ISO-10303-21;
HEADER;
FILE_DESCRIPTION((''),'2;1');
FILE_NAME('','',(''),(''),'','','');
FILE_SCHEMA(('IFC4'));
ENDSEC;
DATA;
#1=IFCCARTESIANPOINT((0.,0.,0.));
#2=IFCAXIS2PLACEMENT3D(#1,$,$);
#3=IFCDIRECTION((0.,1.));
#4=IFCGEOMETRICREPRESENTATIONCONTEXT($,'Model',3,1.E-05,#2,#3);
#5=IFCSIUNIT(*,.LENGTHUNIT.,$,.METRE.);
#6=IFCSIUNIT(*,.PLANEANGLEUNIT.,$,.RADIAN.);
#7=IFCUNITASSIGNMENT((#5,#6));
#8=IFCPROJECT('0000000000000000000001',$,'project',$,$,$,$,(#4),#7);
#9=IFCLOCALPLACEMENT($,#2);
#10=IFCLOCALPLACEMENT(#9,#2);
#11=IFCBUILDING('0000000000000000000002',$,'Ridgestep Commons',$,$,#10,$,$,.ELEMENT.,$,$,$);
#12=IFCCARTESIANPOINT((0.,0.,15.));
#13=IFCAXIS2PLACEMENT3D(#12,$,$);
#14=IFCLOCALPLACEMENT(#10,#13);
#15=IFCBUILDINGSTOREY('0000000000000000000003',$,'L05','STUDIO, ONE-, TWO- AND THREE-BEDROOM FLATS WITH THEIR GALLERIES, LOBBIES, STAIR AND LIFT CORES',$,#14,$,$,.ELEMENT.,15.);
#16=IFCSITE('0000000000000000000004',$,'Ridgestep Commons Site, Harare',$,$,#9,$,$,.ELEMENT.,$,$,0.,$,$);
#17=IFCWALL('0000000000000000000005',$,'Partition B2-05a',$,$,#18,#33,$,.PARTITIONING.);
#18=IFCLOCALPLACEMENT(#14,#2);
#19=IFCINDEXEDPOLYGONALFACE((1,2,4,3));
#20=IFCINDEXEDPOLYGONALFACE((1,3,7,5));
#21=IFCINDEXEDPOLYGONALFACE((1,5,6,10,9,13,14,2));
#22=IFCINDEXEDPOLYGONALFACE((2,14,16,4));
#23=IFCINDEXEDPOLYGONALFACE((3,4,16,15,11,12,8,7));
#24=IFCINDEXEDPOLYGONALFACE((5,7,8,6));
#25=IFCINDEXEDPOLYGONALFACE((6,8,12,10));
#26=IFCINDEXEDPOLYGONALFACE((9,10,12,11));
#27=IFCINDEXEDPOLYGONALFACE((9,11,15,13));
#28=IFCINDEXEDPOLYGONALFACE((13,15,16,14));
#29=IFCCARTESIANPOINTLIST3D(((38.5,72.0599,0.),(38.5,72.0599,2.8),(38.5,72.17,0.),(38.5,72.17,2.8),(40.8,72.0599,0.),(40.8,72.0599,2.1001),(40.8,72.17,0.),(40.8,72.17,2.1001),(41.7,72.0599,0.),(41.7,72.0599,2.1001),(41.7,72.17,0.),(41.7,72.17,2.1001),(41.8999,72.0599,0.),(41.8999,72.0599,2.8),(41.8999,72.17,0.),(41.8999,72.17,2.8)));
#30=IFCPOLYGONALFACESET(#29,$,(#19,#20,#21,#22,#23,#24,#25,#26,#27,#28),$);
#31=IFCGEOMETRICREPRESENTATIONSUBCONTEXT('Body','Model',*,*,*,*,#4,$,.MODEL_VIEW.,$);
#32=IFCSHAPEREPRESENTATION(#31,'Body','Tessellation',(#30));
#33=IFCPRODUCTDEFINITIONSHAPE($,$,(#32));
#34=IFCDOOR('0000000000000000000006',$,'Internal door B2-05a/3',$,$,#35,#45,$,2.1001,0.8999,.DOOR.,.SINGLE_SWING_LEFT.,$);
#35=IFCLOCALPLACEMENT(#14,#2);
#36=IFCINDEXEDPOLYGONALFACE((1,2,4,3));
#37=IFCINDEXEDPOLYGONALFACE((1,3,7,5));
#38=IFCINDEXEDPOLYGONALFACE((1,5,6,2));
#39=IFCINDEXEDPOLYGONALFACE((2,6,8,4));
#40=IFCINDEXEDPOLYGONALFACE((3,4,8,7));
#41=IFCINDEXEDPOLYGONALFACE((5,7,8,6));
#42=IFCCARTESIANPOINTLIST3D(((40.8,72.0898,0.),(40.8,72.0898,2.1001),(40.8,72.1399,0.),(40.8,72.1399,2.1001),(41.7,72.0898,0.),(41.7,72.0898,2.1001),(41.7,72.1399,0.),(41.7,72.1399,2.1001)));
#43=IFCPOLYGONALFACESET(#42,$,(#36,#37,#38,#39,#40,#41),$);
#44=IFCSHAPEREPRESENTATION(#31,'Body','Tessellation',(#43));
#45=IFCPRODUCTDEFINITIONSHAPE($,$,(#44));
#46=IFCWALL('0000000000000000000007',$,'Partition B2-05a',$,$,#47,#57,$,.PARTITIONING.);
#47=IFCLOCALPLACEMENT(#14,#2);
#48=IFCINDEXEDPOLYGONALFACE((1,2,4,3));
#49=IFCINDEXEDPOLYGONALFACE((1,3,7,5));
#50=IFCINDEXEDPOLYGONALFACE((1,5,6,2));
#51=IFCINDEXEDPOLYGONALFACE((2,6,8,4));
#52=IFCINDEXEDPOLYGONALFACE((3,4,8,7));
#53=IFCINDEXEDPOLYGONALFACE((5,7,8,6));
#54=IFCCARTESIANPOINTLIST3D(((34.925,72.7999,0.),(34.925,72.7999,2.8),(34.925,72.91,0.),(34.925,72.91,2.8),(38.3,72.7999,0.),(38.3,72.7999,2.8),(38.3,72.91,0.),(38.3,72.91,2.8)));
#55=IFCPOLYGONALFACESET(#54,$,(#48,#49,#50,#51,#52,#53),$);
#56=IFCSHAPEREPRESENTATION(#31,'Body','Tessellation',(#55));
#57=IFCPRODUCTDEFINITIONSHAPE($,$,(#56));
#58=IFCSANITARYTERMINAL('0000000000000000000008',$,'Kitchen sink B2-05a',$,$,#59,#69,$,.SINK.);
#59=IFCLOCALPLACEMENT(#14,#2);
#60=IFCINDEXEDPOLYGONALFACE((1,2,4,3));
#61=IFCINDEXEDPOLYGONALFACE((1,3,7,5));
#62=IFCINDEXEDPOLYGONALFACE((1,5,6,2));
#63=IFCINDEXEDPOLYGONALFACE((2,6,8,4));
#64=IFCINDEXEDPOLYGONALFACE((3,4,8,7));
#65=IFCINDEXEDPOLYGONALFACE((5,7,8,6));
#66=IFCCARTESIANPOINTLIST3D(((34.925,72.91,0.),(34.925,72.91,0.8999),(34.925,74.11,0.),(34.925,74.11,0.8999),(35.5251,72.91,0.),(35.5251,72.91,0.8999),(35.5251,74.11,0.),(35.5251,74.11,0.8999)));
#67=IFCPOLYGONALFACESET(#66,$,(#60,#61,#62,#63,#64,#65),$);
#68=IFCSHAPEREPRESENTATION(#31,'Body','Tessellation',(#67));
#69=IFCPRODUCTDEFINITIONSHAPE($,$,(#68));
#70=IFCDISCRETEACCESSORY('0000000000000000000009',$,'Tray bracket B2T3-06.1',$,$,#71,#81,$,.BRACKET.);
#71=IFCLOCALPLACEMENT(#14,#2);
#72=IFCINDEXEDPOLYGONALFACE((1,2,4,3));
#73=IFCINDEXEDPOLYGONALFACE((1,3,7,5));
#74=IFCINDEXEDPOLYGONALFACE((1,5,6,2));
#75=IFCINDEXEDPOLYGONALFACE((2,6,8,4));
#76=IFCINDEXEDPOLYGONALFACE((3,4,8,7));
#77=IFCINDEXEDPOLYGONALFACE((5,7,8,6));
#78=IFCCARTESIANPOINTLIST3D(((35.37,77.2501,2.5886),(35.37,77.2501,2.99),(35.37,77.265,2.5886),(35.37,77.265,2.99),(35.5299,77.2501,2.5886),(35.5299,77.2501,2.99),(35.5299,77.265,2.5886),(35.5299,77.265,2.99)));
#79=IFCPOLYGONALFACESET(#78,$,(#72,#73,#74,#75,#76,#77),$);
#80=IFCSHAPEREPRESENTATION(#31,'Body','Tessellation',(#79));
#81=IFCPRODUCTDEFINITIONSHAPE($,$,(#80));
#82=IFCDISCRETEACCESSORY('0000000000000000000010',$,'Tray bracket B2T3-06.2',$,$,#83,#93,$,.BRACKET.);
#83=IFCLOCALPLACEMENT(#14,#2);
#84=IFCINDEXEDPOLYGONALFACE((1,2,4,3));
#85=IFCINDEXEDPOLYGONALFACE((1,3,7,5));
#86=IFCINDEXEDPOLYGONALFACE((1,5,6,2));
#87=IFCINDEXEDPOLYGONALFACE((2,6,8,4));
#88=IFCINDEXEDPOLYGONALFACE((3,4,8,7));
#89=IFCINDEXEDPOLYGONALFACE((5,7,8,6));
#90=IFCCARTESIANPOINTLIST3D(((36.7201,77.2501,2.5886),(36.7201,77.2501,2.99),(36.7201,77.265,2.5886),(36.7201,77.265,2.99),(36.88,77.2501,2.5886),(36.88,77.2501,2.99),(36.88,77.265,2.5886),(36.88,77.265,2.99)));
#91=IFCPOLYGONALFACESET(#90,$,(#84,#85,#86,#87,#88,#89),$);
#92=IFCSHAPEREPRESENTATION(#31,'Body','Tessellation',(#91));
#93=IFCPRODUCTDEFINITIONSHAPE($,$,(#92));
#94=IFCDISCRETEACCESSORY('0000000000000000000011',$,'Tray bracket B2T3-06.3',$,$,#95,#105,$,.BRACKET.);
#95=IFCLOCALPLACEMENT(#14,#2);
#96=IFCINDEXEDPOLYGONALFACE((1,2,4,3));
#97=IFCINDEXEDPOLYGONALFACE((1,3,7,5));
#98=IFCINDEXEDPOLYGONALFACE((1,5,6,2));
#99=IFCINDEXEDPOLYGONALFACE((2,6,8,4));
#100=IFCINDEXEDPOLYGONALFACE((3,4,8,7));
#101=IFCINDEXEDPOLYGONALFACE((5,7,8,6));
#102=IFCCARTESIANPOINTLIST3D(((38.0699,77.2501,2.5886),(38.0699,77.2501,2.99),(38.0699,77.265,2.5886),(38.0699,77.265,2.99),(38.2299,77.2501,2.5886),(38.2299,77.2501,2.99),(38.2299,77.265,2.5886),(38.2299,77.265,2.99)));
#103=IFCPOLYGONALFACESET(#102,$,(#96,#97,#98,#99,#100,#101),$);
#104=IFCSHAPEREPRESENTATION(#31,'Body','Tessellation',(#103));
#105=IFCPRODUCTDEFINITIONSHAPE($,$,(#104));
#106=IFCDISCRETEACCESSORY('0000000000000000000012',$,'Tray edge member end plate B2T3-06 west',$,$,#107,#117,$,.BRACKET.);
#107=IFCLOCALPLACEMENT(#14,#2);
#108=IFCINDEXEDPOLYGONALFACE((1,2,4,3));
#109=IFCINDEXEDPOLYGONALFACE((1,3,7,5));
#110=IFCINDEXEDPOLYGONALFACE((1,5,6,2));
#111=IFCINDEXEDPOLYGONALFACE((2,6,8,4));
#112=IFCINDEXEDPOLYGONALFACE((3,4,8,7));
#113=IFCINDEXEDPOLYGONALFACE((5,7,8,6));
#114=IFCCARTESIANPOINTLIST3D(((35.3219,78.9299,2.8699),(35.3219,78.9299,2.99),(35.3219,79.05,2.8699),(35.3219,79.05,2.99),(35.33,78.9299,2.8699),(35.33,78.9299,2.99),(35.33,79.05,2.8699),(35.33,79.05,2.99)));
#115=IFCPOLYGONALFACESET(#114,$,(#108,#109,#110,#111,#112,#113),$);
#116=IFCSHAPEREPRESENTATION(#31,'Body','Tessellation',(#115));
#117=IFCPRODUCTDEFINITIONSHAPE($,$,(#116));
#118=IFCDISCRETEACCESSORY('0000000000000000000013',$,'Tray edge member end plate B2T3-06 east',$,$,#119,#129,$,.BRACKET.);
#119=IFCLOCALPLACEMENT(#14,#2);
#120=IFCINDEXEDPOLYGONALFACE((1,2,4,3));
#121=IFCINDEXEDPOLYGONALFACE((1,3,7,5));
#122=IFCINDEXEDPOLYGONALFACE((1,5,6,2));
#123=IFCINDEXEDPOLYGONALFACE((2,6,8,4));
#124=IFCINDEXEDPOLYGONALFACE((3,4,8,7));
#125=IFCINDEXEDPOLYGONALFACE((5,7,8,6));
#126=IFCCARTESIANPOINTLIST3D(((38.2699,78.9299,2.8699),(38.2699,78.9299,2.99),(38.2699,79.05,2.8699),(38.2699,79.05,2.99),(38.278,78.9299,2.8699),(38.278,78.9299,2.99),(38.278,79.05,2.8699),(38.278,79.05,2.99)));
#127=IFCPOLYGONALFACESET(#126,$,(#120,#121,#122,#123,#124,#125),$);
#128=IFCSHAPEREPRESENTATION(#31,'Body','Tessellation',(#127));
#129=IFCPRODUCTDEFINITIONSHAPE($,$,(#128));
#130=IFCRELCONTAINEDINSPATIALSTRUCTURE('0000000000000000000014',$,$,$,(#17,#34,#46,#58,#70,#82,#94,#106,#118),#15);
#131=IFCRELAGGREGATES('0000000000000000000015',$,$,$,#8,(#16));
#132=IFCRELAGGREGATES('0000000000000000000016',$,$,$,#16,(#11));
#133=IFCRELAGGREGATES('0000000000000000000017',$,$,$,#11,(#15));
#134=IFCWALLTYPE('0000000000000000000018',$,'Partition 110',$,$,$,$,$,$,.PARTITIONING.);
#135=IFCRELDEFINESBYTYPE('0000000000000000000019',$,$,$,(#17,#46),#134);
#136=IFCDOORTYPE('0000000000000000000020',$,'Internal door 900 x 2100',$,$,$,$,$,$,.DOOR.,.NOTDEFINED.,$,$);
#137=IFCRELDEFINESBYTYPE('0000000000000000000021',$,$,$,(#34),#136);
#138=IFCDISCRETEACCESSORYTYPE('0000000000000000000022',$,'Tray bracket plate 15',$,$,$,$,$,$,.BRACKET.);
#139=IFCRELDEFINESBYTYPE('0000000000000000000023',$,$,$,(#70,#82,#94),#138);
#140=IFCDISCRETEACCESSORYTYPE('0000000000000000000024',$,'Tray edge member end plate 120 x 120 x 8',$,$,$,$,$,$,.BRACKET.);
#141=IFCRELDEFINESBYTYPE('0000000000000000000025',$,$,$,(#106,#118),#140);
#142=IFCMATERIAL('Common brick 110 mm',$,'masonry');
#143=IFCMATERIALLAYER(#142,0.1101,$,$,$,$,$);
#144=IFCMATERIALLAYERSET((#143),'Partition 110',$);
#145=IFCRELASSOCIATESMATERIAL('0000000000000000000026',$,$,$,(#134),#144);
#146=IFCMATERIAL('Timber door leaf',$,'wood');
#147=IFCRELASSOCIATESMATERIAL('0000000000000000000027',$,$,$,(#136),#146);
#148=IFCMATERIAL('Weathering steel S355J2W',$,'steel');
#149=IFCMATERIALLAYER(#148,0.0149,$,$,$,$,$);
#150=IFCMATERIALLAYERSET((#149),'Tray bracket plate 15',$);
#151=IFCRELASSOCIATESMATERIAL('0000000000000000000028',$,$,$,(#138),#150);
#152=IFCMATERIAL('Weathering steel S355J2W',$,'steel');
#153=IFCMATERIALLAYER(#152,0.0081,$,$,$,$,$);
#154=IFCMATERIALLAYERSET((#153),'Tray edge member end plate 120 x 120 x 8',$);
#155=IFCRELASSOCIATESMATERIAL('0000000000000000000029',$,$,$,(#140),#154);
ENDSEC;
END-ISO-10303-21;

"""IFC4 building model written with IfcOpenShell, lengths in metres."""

from ifc_helpers import new_model, si_unit, direction, frame, frame_2d, origin, origin_2d, place, context, subcontext, project, spatial, rectangle, extrude, material, layer, layer_set, type_object, element, fill, save


model = new_model("IFC4")

# Units and contexts
model_context = context("Model", 3, precision=1e-05, world=origin(), true_north=direction((0.0, 1.0)))
body_context = subcontext(model_context, "Body", "Model", "MODEL_VIEW")
ifc_project = project(units=[si_unit("LENGTHUNIT", "METRE"), si_unit("PLANEANGLEUNIT", "RADIAN")], contexts=[model_context])

# Site, building, storey
site_placement = place(None, origin())
site = spatial("IfcSite", under=ifc_project, at=site_placement, Name="Ridgestep Commons Site, Harare", CompositionType="ELEMENT", RefElevation=0.0)
building_placement = place(site_placement, origin())
building = spatial("IfcBuilding", under=site, at=building_placement, Name="Ridgestep Commons", CompositionType="ELEMENT")
storey_placement = place(building_placement, frame((0.0, 0.0, 15.0)))
storey = spatial("IfcBuildingStorey", under=building, at=storey_placement, Name="L05", Description="STUDIO, ONE-, TWO- AND THREE-BEDROOM FLATS WITH THEIR GALLERIES, LOBBIES, STAIR AND LIFT CORES", CompositionType="ELEMENT", Elevation=15.0)

# Wall, opening, door
ifc_material_1 = material(Name="Common brick 110 mm", Category="masonry")
ifc_layer_1 = layer(ifc_material_1, 0.1101)
ifc_layer_set_1 = layer_set([ifc_layer_1], Name="Partition 110")
wall_type_1 = type_object("IfcWallType", Name="Partition 110", PredefinedType="PARTITIONING", material=ifc_layer_set_1)
wall_1_placement = place(storey_placement, frame((38.5, 72.115, 0.0), z_axis=(0.0, 0.0, 1.0), x_axis=(1.0, 0.0, 0.0)))
wall_1 = element("IfcWall", 1, at=wall_1_placement, inside=storey, type_object=wall_type_1, Name="Partition B2-05a", PredefinedType="PARTITIONING", context=body_context, shape_type="SweptSolid", body=[
    extrude(rectangle(XDim=3.3999, YDim=0.1101, at=frame_2d((1.7, 0.0))), origin(), (0.0, 0.0, 1.0), 2.8),
])
opening_1_placement = place(wall_1_placement, frame((2.3, 0.0, 0.0)))
opening_1 = element("IfcOpeningElement", 2, at=opening_1_placement, cuts=wall_1, PredefinedType="OPENING", context=body_context, shape_type="SweptSolid", body=[
    extrude(rectangle(XDim=0.8999, YDim=2.1001, at=frame_2d((0.45, 1.05))), frame((0.0, 0.0649, 0.0), z_axis=(0.0, -1.0, 0.0), x_axis=(1.0, 0.0, 0.0)), (0.0, 0.0, 1.0), 0.1301),
])
ifc_material_2 = material(Name="Timber door leaf", Category="wood")
door_type = type_object("IfcDoorType", Name="Internal door 900 x 2100", OperationType="NOTDEFINED", PredefinedType="DOOR", material=ifc_material_2)
door_placement = place(opening_1_placement, origin())
door = element("IfcDoor", 3, at=door_placement, inside=storey, type_object=door_type, Name="Internal door B2-05a/3", OperationType="SINGLE_SWING_LEFT", OverallHeight=2.1001, OverallWidth=0.8999, PredefinedType="DOOR", context=body_context, shape_type="SweptSolid", body=[
    extrude(rectangle(XDim=0.8999, YDim=2.1001, at=frame_2d((0.45, 1.05))), frame((0.0, 0.0249, 0.0), z_axis=(0.0, -1.0, 0.0), x_axis=(1.0, 0.0, 0.0)), (0.0, 0.0, 1.0), 0.05),
])
fill(opening_1, door)

# Wall
wall_2_placement = place(storey_placement, frame((34.925, 72.855, 0.0), z_axis=(0.0, 0.0, 1.0), x_axis=(1.0, 0.0, 0.0)))
element("IfcWall", 4, at=wall_2_placement, inside=storey, type_object=wall_type_1, Name="Partition B2-05a", PredefinedType="PARTITIONING", context=body_context, shape_type="SweptSolid", body=[
    extrude(rectangle(XDim=3.375, YDim=0.1101, at=frame_2d((1.6875, 0.0))), origin(), (0.0, 0.0, 1.0), 2.8),
])

# Sanitary terminal
sanitary_terminal_placement = place(storey_placement, frame((35.2251, 73.51, 0.0), z_axis=(0.0, 0.0, 1.0), x_axis=(1.0, 0.0, 0.0)))
element("IfcSanitaryTerminal", 5, at=sanitary_terminal_placement, inside=storey, Name="Kitchen sink B2-05a", PredefinedType="SINK", context=body_context, shape_type="SweptSolid", body=[
    extrude(rectangle(XDim=0.6001, YDim=1.2, at=origin_2d()), origin(), (0.0, 0.0, 1.0), 0.8999),
])

# Discrete accessories
ifc_material_3 = material(Name="Weathering steel S355J2W", Category="steel")
ifc_layer_2 = layer(ifc_material_3, 0.0149)
ifc_layer_set_2 = layer_set([ifc_layer_2], Name="Tray bracket plate 15")
discrete_accessory_type_1 = type_object("IfcDiscreteAccessoryType", Name="Tray bracket plate 15", PredefinedType="BRACKET", material=ifc_layer_set_2)
for number, where, z_axis, x_axis, name in (
    (6, (35.45, 77.2576, 2.5886), (0.0, 0.0, 1.0), (1.0, 0.0, 0.0), "Tray bracket B2T3-06.1"),
    (7, (36.8, 77.2576, 2.5886), (0.0, 0.0, 1.0), (1.0, 0.0, 0.0), "Tray bracket B2T3-06.2"),
    (8, (38.1499, 77.2576, 2.5886), (0.0, 0.0, 1.0), (1.0, 0.0, 0.0), "Tray bracket B2T3-06.3"),
):
    element("IfcDiscreteAccessory", number, at=place(storey_placement, frame(where, z_axis=z_axis, x_axis=x_axis)), inside=storey, type_object=discrete_accessory_type_1, Name=name, PredefinedType="BRACKET", context=body_context, shape_type="SweptSolid", body=[
        extrude(rectangle(XDim=0.1599, YDim=0.0149, at=origin_2d()), origin(), (0.0, 0.0, 1.0), 0.4014),
    ])
ifc_material_4 = material(Name="Weathering steel S355J2W", Category="steel")
ifc_layer_3 = layer(ifc_material_4, 0.0081)
ifc_layer_set_3 = layer_set([ifc_layer_3], Name="Tray edge member end plate 120 x 120 x 8")
discrete_accessory_type_2 = type_object("IfcDiscreteAccessoryType", Name="Tray edge member end plate 120 x 120 x 8", PredefinedType="BRACKET", material=ifc_layer_set_3)
for number, where, z_axis, x_axis, name in (
    (9, (35.3259, 78.99, 2.8699), (0.0, 0.0, 1.0), (1.0, 0.0, 0.0), "Tray edge member end plate B2T3-06 west"),
    (10, (38.2739, 78.99, 2.8699), (0.0, 0.0, 1.0), (1.0, 0.0, 0.0), "Tray edge member end plate B2T3-06 east"),
):
    element("IfcDiscreteAccessory", number, at=place(storey_placement, frame(where, z_axis=z_axis, x_axis=x_axis)), inside=storey, type_object=discrete_accessory_type_2, Name=name, PredefinedType="BRACKET", context=body_context, shape_type="SweptSolid", body=[
        extrude(rectangle(XDim=0.0081, YDim=0.1201, at=origin_2d()), origin(), (0.0, 0.0, 1.0), 0.1201),
    ])

save(model, "model.ifc")
